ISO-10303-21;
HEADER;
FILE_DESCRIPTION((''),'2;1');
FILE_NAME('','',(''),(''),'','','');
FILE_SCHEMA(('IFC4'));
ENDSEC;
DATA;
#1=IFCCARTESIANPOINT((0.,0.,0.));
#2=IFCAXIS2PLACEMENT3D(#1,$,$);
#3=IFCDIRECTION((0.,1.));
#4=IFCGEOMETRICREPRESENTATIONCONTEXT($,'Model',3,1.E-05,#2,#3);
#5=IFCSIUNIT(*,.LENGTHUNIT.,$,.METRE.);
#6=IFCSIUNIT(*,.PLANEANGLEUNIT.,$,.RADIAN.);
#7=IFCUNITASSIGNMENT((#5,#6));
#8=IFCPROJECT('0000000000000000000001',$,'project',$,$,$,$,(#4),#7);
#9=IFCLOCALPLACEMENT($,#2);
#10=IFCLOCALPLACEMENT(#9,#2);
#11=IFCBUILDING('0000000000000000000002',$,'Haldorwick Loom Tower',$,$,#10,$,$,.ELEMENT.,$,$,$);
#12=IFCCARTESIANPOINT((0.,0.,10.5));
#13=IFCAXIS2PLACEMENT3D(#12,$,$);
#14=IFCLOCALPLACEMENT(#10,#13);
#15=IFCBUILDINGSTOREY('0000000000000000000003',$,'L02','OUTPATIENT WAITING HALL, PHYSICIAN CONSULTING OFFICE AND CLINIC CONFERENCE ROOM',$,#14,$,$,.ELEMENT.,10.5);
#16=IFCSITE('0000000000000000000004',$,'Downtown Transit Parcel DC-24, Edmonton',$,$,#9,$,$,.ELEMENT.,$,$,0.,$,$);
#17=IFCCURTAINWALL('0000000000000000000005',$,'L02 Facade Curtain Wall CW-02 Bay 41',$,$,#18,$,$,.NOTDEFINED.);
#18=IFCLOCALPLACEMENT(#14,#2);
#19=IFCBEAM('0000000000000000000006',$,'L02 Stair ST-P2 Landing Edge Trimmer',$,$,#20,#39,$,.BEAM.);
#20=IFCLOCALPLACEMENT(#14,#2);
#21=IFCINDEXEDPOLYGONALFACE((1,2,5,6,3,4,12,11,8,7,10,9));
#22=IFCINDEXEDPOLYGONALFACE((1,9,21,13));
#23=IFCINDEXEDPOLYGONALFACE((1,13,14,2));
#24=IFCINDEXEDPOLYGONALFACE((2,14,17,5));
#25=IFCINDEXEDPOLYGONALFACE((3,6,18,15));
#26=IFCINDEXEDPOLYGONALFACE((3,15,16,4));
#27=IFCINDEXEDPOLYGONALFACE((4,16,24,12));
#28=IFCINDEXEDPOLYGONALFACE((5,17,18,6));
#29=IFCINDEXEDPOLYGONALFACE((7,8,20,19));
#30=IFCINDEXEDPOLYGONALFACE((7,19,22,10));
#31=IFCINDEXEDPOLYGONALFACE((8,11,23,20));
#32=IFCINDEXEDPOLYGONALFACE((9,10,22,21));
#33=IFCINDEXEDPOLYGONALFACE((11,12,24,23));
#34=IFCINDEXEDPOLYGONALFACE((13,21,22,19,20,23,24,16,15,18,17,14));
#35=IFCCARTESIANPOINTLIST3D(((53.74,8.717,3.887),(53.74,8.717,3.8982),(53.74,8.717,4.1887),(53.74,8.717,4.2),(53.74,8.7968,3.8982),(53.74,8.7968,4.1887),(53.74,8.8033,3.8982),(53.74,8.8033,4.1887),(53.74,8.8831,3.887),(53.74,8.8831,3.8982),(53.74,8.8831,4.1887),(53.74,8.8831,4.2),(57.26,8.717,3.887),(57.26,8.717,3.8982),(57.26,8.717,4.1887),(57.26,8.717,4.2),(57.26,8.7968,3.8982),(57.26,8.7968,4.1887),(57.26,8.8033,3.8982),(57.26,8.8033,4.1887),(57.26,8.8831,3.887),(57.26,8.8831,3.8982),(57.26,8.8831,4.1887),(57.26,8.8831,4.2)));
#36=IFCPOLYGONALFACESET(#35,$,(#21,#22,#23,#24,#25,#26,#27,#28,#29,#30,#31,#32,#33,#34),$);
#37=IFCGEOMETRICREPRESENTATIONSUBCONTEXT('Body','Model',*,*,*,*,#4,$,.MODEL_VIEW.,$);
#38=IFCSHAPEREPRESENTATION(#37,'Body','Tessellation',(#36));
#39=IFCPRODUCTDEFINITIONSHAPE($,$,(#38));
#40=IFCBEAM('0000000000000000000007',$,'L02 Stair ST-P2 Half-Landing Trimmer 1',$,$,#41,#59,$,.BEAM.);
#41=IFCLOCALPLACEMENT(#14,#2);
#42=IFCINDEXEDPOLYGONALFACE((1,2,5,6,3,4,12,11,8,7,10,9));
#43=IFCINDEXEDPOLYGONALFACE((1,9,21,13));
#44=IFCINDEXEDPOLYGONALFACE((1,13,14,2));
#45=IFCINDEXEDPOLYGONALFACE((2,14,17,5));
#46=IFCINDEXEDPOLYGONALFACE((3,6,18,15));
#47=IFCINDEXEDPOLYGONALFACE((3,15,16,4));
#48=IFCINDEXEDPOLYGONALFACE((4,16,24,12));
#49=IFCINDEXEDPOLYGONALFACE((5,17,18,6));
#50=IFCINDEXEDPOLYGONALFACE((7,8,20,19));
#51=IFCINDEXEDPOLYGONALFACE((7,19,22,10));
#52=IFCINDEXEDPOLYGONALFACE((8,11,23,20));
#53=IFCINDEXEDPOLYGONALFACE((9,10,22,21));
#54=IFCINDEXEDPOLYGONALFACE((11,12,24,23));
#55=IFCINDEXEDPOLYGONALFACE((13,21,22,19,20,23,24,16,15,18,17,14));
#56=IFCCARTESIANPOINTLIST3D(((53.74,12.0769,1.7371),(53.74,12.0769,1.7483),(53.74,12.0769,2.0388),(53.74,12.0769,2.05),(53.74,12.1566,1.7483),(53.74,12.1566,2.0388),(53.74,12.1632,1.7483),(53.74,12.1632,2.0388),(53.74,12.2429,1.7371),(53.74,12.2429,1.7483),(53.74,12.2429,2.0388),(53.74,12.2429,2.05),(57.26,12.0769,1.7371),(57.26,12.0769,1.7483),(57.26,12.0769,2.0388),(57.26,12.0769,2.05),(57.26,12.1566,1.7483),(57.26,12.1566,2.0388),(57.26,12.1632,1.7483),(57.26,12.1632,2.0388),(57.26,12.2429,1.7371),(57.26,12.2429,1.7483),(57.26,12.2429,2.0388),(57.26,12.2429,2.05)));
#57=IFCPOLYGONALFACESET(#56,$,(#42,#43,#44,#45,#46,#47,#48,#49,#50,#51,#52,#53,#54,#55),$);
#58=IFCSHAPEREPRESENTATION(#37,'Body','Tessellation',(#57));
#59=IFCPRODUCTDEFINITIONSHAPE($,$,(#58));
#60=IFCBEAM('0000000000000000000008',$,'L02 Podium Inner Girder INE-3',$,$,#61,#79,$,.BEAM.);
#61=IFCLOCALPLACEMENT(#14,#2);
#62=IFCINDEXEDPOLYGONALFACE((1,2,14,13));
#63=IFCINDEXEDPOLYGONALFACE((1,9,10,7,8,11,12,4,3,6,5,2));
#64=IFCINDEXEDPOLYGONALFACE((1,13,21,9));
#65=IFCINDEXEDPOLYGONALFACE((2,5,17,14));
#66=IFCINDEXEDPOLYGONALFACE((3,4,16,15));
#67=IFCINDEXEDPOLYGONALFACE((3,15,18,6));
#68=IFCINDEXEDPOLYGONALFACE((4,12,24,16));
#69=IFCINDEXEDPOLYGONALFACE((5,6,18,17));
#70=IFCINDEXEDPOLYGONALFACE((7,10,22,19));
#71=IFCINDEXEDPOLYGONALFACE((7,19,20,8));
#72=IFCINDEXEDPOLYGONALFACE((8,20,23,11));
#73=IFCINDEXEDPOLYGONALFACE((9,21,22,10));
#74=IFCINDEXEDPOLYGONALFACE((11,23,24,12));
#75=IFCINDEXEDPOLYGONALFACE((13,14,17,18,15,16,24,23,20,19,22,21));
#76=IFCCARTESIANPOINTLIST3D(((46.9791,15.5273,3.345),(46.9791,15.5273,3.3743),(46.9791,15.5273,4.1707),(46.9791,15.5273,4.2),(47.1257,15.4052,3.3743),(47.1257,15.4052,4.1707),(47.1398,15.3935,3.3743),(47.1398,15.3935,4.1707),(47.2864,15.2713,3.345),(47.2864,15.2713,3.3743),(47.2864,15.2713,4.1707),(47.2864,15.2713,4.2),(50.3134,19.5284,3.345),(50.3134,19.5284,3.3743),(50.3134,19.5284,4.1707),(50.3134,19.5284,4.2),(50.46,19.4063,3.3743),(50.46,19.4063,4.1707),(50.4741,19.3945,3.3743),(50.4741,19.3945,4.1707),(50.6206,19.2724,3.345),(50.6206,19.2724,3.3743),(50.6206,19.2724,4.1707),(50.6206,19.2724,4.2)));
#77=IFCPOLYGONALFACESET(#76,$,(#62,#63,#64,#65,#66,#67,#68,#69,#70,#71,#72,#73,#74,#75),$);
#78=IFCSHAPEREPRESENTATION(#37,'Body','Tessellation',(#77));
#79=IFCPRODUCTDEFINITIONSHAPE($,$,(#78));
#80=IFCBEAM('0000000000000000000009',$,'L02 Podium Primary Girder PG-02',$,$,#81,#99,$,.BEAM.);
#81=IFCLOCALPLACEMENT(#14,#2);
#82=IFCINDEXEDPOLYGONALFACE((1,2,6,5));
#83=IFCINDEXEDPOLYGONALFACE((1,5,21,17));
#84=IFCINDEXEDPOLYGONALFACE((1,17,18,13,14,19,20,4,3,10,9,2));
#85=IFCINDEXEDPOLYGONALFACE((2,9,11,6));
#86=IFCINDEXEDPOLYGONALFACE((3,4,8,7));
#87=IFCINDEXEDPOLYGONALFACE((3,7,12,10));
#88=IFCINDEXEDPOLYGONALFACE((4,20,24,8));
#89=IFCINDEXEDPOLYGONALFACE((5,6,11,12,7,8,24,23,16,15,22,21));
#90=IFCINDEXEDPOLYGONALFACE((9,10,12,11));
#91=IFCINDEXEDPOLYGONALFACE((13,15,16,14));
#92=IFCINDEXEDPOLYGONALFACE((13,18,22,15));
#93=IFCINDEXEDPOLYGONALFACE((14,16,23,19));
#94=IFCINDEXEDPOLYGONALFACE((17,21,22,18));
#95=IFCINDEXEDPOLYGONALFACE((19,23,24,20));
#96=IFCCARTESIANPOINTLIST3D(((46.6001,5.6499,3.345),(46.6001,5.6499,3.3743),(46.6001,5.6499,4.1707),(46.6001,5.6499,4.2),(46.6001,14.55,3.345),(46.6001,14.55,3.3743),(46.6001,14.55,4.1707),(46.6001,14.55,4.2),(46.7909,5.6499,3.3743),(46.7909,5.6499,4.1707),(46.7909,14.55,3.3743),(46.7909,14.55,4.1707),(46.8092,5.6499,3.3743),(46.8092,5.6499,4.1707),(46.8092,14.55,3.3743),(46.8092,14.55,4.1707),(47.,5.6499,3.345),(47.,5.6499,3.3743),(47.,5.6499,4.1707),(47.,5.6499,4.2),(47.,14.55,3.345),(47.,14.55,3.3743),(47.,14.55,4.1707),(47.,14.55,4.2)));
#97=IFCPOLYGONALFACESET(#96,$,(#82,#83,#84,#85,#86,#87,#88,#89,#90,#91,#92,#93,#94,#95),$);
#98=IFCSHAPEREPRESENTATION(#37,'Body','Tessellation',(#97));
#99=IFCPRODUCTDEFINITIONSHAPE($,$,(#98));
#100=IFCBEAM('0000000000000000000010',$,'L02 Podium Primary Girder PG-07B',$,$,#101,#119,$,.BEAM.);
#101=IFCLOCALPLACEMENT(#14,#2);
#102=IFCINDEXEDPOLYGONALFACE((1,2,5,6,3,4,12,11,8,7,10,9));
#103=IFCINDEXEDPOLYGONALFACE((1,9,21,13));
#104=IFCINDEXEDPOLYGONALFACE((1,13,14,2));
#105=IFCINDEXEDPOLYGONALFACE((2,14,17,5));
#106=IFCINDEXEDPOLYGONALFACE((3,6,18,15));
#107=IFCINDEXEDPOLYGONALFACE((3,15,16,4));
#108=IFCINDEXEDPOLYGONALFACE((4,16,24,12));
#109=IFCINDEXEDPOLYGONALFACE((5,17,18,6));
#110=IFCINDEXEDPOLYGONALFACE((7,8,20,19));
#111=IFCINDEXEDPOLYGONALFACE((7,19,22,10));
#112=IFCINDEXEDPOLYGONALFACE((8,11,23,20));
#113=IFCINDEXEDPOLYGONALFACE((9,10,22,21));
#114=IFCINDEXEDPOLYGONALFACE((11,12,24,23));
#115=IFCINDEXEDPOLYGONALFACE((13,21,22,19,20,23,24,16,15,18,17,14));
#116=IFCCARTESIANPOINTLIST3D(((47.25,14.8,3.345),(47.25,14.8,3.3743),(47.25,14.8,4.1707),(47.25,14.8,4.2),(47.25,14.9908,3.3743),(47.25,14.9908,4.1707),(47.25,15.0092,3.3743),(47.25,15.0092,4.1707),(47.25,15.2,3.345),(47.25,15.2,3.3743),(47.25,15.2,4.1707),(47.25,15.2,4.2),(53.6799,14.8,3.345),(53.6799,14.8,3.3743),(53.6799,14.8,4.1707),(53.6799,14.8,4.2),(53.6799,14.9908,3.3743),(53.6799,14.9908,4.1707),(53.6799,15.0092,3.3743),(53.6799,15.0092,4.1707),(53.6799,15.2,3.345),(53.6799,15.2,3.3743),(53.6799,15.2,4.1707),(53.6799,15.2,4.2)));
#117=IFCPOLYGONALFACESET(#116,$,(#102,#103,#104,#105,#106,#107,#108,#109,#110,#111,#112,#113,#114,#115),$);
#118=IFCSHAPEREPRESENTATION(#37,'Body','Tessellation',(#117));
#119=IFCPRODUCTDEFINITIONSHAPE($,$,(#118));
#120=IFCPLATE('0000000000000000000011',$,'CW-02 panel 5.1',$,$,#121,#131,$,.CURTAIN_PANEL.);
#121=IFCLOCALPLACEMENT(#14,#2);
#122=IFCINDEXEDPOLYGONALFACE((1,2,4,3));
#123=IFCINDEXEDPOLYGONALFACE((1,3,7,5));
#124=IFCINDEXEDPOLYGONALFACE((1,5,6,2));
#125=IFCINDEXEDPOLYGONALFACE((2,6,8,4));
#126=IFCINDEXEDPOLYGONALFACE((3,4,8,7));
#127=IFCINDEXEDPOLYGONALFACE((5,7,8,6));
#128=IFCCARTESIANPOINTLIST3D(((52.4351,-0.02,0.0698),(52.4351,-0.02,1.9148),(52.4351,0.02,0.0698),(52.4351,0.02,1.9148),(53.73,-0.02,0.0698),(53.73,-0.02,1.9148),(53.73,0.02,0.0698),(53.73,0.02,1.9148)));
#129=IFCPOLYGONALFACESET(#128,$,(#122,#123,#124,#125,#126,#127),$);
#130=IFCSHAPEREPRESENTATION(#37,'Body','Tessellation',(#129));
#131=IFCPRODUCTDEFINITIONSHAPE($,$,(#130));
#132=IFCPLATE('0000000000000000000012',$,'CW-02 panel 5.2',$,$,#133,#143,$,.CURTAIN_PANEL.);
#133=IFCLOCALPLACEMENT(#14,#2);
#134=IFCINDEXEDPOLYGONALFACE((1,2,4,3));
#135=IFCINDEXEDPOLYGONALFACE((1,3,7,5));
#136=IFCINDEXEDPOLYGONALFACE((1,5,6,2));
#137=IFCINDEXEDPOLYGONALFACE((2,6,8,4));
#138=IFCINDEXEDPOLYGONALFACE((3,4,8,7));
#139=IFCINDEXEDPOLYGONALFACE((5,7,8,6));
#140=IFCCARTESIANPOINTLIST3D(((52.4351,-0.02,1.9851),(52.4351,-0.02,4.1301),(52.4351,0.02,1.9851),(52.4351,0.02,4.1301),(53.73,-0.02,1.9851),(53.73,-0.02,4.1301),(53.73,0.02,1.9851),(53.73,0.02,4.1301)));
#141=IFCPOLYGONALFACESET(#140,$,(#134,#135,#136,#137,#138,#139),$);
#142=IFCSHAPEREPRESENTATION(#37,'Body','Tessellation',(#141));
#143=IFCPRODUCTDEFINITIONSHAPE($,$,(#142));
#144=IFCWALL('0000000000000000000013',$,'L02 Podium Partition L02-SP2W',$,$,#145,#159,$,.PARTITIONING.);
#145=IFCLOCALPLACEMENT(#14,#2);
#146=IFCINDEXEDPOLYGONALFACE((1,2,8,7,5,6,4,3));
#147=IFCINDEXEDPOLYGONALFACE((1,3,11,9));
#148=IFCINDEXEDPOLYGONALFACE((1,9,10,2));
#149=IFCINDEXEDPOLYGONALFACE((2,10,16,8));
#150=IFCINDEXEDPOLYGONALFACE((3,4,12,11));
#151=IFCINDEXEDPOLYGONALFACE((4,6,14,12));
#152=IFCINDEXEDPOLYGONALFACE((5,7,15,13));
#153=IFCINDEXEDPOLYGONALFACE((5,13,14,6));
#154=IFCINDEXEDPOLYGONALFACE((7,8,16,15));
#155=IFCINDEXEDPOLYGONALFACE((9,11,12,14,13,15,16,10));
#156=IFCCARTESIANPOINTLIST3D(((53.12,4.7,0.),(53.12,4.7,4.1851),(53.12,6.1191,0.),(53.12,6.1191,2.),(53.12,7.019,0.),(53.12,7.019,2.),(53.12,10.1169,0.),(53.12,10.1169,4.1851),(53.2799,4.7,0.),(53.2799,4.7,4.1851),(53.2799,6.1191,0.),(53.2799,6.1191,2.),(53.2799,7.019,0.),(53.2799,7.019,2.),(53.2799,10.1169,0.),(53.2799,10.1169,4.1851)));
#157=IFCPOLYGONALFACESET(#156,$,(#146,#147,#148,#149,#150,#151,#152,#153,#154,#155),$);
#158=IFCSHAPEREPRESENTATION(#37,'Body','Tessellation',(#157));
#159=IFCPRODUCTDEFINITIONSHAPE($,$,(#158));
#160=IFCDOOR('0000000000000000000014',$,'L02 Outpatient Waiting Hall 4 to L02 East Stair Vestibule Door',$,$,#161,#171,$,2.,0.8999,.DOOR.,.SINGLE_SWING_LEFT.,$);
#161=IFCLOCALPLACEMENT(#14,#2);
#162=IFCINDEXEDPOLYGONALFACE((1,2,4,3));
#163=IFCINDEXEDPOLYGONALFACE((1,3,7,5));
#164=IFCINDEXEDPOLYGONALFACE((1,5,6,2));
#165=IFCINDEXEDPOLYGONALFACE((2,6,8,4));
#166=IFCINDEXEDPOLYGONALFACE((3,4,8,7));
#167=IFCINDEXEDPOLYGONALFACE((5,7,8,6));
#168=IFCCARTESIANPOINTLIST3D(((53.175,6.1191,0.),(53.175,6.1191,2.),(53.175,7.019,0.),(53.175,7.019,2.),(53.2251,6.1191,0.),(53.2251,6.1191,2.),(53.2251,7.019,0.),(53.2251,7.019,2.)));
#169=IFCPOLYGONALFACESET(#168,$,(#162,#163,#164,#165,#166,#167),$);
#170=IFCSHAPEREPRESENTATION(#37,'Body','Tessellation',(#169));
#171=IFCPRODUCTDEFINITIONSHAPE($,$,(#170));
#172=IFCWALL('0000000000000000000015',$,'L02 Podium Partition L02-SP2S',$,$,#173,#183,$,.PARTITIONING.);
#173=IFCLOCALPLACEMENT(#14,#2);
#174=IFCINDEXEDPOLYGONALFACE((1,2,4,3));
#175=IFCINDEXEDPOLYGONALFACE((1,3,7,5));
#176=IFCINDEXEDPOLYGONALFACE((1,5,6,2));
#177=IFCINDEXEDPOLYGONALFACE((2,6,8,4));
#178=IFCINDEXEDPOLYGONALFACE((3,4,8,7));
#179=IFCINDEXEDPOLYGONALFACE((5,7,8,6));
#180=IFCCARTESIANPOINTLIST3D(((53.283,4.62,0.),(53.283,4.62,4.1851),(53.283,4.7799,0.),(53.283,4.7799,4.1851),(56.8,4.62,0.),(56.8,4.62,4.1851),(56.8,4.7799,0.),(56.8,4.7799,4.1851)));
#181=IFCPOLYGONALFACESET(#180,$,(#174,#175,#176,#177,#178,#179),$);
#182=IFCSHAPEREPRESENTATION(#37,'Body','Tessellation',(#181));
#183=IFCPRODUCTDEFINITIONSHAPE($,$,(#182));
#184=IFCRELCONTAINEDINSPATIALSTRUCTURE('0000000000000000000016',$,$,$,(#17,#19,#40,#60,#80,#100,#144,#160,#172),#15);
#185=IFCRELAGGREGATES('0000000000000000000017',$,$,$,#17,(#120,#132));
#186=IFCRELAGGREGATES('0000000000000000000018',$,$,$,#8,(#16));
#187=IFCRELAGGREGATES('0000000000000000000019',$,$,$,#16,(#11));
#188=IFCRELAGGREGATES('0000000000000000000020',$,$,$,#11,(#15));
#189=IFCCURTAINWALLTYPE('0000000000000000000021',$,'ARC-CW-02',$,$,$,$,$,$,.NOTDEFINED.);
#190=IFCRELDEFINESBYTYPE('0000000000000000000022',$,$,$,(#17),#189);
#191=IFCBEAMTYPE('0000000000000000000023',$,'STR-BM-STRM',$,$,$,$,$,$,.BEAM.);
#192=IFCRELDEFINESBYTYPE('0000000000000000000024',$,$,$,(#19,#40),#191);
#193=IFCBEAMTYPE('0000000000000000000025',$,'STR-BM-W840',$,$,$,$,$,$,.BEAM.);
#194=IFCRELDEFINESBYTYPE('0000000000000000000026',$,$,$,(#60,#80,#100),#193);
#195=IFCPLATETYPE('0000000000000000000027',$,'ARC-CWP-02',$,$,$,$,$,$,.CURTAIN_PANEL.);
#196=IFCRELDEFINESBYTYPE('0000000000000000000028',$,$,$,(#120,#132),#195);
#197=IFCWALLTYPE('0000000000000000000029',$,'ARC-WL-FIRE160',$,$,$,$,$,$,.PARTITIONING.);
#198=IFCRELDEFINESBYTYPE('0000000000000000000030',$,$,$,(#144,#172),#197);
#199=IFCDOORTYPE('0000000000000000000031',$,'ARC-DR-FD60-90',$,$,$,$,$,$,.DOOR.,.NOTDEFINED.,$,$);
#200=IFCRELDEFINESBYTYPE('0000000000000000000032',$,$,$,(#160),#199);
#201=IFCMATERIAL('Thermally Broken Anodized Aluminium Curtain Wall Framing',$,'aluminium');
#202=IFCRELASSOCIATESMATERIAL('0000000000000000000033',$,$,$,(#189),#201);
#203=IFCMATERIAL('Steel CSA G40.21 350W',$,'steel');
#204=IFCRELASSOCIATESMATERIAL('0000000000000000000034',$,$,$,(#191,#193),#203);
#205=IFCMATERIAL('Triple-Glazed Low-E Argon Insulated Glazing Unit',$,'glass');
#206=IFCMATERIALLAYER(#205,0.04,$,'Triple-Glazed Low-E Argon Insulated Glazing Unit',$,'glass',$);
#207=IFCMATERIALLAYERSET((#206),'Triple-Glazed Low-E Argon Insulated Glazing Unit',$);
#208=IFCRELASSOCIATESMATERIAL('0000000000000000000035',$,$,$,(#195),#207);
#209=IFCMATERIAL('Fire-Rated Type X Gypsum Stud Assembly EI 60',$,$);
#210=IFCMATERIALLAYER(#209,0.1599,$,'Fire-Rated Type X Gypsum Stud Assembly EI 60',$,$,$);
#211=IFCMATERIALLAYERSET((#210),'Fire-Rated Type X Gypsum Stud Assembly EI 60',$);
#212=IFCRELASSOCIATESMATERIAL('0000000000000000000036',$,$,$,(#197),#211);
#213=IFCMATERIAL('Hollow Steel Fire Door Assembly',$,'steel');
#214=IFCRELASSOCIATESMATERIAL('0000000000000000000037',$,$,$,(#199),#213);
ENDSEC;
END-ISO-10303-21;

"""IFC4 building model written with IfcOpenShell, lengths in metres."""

from ifc_helpers import new_model, si_unit, direction, frame, frame_2d, origin, origin_2d, place, context, subcontext, project, spatial, rectangle, i_section, extrude, material, layer, layer_set, material_profile, profile_set, type_object, element, fill, aggregate, save


model = new_model("IFC4")

# Units and contexts
model_context = context("Model", 3, precision=1e-05, world=origin(), true_north=direction((0.0, 1.0)))
body_context = subcontext(model_context, "Body", "Model", "MODEL_VIEW")
ifc_project = project(units=[si_unit("LENGTHUNIT", "METRE"), si_unit("PLANEANGLEUNIT", "RADIAN")], contexts=[model_context])

# Site, building, storey
site_placement = place(None, origin())
site = spatial("IfcSite", under=ifc_project, at=site_placement, Name="Downtown Transit Parcel DC-24, Edmonton", CompositionType="ELEMENT", RefElevation=0.0)
building_placement = place(site_placement, origin())
building = spatial("IfcBuilding", under=site, at=building_placement, Name="Haldorwick Loom Tower", CompositionType="ELEMENT")
storey_placement = place(building_placement, frame((0.0, 0.0, 10.5)))
storey = spatial("IfcBuildingStorey", under=building, at=storey_placement, Name="L02", Description="OUTPATIENT WAITING HALL, PHYSICIAN CONSULTING OFFICE AND CLINIC CONFERENCE ROOM", CompositionType="ELEMENT", Elevation=10.5)

# Curtain wall
ifc_material_1 = material(Name="Thermally Broken Anodized Aluminium Curtain Wall Framing", Category="aluminium")
curtain_wall_type = type_object("IfcCurtainWallType", Name="ARC-CW-02", PredefinedType="NOTDEFINED", material=ifc_material_1)
curtain_wall_placement = place(storey_placement, origin())
curtain_wall = element("IfcCurtainWall", 1, at=curtain_wall_placement, inside=storey, type_object=curtain_wall_type, Name="L02 Facade Curtain Wall CW-02 Bay 41", PredefinedType="NOTDEFINED")

# Beams
ifc_material_2 = material(Name="Steel CSA G40.21 350W", Category="steel")
ifc_material_profile_1 = material_profile(ifc_material_2, i_section(OverallWidth=0.166, OverallDepth=0.313, WebThickness=0.0066, FlangeThickness=0.0112, at=origin_2d()), Name="W310X45", Category="steel")
ifc_profile_set_1 = profile_set([ifc_material_profile_1], Name="Steel CSA G40.21 350W")
beam_type_1 = type_object("IfcBeamType", Name="STR-BM-STRM", PredefinedType="BEAM", material=ifc_profile_set_1)
for number, where, z_axis, x_axis, name in (
    (2, (53.74, 8.8, 4.0435), (1.0, 0.0, 0.0), (0.0, 1.0, 0.0), "L02 Stair ST-P2 Landing Edge Trimmer"),
    (3, (53.74, 12.1599, 1.8936), (1.0, 0.0, 0.0), (0.0, 1.0, 0.0), "L02 Stair ST-P2 Half-Landing Trimmer 1"),
):
    element("IfcBeam", number, at=place(storey_placement, frame(where, z_axis=z_axis, x_axis=x_axis)), inside=storey, type_object=beam_type_1, Name=name, PredefinedType="BEAM", context=body_context, shape_type="SweptSolid", body=[
        extrude(i_section(OverallWidth=0.166, OverallDepth=0.313, WebThickness=0.0066, FlangeThickness=0.0112, at=origin_2d()), origin(), (0.0, 0.0, 1.0), 3.52),
    ])
ifc_material_profile_2 = material_profile(ifc_material_2, i_section(OverallWidth=0.3999, OverallDepth=0.855, WebThickness=0.0183, FlangeThickness=0.0293, at=origin_2d()), Name="W840X299", Category="steel")
ifc_profile_set_2 = profile_set([ifc_material_profile_2], Name="Steel CSA G40.21 350W")
beam_type_2 = type_object("IfcBeamType", Name="STR-BM-W840", PredefinedType="BEAM", material=ifc_profile_set_2)
beam_1_placement = place(storey_placement, frame((50.467, 19.4004, 3.7725), z_axis=(-0.640194, -0.768214, 0.0), x_axis=(0.768214, -0.640194, 0.0)))
element("IfcBeam", 4, at=beam_1_placement, inside=storey, type_object=beam_type_2, Name="L02 Podium Inner Girder INE-3", PredefinedType="BEAM", context=body_context, shape_type="SweptSolid", body=[
    extrude(i_section(OverallWidth=0.3999, OverallDepth=0.855, WebThickness=0.0183, FlangeThickness=0.0293, at=origin_2d()), origin(), (0.0, 0.0, 1.0), 5.2083),
])
beam_2_placement = place(storey_placement, frame((46.8, 5.6499, 3.7725), z_axis=(0.0, 1.0, 0.0), x_axis=(-1.0, 0.0, 0.0)))
element("IfcBeam", 5, at=beam_2_placement, inside=storey, type_object=beam_type_2, Name="L02 Podium Primary Girder PG-02", PredefinedType="BEAM", context=body_context, shape_type="SweptSolid", body=[
    extrude(i_section(OverallWidth=0.3999, OverallDepth=0.855, WebThickness=0.0183, FlangeThickness=0.0293, at=origin_2d()), origin(), (0.0, 0.0, 1.0), 8.9001),
])
beam_3_placement = place(storey_placement, frame((53.6799, 15.0, 3.7725), z_axis=(-1.0, 0.0, 0.0), x_axis=(0.0, -1.0, 0.0)))
element("IfcBeam", 6, at=beam_3_placement, inside=storey, type_object=beam_type_2, Name="L02 Podium Primary Girder PG-07B", PredefinedType="BEAM", context=body_context, shape_type="SweptSolid", body=[
    extrude(i_section(OverallWidth=0.3999, OverallDepth=0.855, WebThickness=0.0183, FlangeThickness=0.0293, at=origin_2d()), origin(), (0.0, 0.0, 1.0), 6.4299),
])

# Plates
ifc_material_3 = material(Name="Triple-Glazed Low-E Argon Insulated Glazing Unit", Category="glass")
ifc_layer_1 = layer(ifc_material_3, 0.04, Name="Triple-Glazed Low-E Argon Insulated Glazing Unit", Category="glass")
ifc_layer_set_1 = layer_set([ifc_layer_1], Name="Triple-Glazed Low-E Argon Insulated Glazing Unit")
plate_type = type_object("IfcPlateType", Name="ARC-CWP-02", PredefinedType="CURTAIN_PANEL", material=ifc_layer_set_1)
plate_1_placement = place(storey_placement, frame((53.0825, 0.0, 0.0698), z_axis=(0.0, 0.0, 1.0), x_axis=(1.0, 0.0, 0.0)))
plate_1 = element("IfcPlate", 7, at=plate_1_placement, type_object=plate_type, Name="CW-02 panel 5.1", PredefinedType="CURTAIN_PANEL", context=body_context, shape_type="SweptSolid", body=[
    extrude(rectangle(XDim=1.2949, YDim=0.04, at=origin_2d()), origin(), (0.0, 0.0, 1.0), 1.845),
])
plate_2_placement = place(storey_placement, frame((53.0825, 0.0, 1.9851), z_axis=(0.0, 0.0, 1.0), x_axis=(1.0, 0.0, 0.0)))
plate_2 = element("IfcPlate", 8, at=plate_2_placement, type_object=plate_type, Name="CW-02 panel 5.2", PredefinedType="CURTAIN_PANEL", context=body_context, shape_type="SweptSolid", body=[
    extrude(rectangle(XDim=1.2949, YDim=0.04, at=origin_2d()), origin(), (0.0, 0.0, 1.0), 2.145),
])
aggregate(curtain_wall, [plate_1, plate_2])

# Wall, opening, door
ifc_material_4 = material(Name="Fire-Rated Type X Gypsum Stud Assembly EI 60")
ifc_layer_2 = layer(ifc_material_4, 0.1599, Name="Fire-Rated Type X Gypsum Stud Assembly EI 60")
ifc_layer_set_2 = layer_set([ifc_layer_2], Name="Fire-Rated Type X Gypsum Stud Assembly EI 60")
wall_type_1 = type_object("IfcWallType", Name="ARC-WL-FIRE160", PredefinedType="PARTITIONING", material=ifc_layer_set_2)
wall_1_placement = place(storey_placement, frame((53.2, 4.7, 0.0), z_axis=(0.0, 0.0, 1.0), x_axis=(0.0, 1.0, 0.0)))
wall_1 = element("IfcWall", 9, at=wall_1_placement, inside=storey, type_object=wall_type_1, Name="L02 Podium Partition L02-SP2W", PredefinedType="PARTITIONING", context=body_context, shape_type="SweptSolid", body=[
    extrude(rectangle(XDim=5.417, YDim=0.1599, at=frame_2d((2.7085, 0.0))), origin(), (0.0, 0.0, 1.0), 4.1851),
])
opening_1_placement = place(wall_1_placement, frame((1.4192, 0.0, 0.0)))
opening_1 = element("IfcOpeningElement", 10, at=opening_1_placement, cuts=wall_1, PredefinedType="OPENING", context=body_context, shape_type="SweptSolid", body=[
    extrude(rectangle(XDim=0.8999, YDim=2.0, at=frame_2d((0.45, 1.0))), frame((0.0, 0.0898, 0.0), z_axis=(0.0, -1.0, 0.0), x_axis=(1.0, 0.0, 0.0)), (0.0, 0.0, 1.0), 0.1799),
])
ifc_material_5 = material(Name="Hollow Steel Fire Door Assembly", Category="steel")
door_type_1 = type_object("IfcDoorType", Name="ARC-DR-FD60-90", OperationType="NOTDEFINED", PredefinedType="DOOR", material=ifc_material_5)
door_1_placement = place(opening_1_placement, origin())
door_1 = element("IfcDoor", 11, at=door_1_placement, inside=storey, type_object=door_type_1, Name="L02 Outpatient Waiting Hall 4 to L02 East Stair Vestibule Door", OperationType="SINGLE_SWING_LEFT", OverallHeight=2.0, OverallWidth=0.8999, PredefinedType="DOOR", context=body_context, shape_type="SweptSolid", body=[
    extrude(rectangle(XDim=0.8999, YDim=2.0, at=frame_2d((0.45, 1.0))), frame((0.0, 0.0249, 0.0), z_axis=(0.0, -1.0, 0.0), x_axis=(1.0, 0.0, 0.0)), (0.0, 0.0, 1.0), 0.05),
])
fill(opening_1, door_1)

# Wall
wall_2_placement = place(storey_placement, frame((53.283, 4.7, 0.0), z_axis=(0.0, 0.0, 1.0), x_axis=(1.0, 0.0, 0.0)))
element("IfcWall", 12, at=wall_2_placement, inside=storey, type_object=wall_type_1, Name="L02 Podium Partition L02-SP2S", PredefinedType="PARTITIONING", context=body_context, shape_type="SweptSolid", body=[
    extrude(rectangle(XDim=3.5171, YDim=0.1599, at=frame_2d((1.7585, 0.0))), origin(), (0.0, 0.0, 1.0), 4.1851),
])

save(model, "model.ifc")
